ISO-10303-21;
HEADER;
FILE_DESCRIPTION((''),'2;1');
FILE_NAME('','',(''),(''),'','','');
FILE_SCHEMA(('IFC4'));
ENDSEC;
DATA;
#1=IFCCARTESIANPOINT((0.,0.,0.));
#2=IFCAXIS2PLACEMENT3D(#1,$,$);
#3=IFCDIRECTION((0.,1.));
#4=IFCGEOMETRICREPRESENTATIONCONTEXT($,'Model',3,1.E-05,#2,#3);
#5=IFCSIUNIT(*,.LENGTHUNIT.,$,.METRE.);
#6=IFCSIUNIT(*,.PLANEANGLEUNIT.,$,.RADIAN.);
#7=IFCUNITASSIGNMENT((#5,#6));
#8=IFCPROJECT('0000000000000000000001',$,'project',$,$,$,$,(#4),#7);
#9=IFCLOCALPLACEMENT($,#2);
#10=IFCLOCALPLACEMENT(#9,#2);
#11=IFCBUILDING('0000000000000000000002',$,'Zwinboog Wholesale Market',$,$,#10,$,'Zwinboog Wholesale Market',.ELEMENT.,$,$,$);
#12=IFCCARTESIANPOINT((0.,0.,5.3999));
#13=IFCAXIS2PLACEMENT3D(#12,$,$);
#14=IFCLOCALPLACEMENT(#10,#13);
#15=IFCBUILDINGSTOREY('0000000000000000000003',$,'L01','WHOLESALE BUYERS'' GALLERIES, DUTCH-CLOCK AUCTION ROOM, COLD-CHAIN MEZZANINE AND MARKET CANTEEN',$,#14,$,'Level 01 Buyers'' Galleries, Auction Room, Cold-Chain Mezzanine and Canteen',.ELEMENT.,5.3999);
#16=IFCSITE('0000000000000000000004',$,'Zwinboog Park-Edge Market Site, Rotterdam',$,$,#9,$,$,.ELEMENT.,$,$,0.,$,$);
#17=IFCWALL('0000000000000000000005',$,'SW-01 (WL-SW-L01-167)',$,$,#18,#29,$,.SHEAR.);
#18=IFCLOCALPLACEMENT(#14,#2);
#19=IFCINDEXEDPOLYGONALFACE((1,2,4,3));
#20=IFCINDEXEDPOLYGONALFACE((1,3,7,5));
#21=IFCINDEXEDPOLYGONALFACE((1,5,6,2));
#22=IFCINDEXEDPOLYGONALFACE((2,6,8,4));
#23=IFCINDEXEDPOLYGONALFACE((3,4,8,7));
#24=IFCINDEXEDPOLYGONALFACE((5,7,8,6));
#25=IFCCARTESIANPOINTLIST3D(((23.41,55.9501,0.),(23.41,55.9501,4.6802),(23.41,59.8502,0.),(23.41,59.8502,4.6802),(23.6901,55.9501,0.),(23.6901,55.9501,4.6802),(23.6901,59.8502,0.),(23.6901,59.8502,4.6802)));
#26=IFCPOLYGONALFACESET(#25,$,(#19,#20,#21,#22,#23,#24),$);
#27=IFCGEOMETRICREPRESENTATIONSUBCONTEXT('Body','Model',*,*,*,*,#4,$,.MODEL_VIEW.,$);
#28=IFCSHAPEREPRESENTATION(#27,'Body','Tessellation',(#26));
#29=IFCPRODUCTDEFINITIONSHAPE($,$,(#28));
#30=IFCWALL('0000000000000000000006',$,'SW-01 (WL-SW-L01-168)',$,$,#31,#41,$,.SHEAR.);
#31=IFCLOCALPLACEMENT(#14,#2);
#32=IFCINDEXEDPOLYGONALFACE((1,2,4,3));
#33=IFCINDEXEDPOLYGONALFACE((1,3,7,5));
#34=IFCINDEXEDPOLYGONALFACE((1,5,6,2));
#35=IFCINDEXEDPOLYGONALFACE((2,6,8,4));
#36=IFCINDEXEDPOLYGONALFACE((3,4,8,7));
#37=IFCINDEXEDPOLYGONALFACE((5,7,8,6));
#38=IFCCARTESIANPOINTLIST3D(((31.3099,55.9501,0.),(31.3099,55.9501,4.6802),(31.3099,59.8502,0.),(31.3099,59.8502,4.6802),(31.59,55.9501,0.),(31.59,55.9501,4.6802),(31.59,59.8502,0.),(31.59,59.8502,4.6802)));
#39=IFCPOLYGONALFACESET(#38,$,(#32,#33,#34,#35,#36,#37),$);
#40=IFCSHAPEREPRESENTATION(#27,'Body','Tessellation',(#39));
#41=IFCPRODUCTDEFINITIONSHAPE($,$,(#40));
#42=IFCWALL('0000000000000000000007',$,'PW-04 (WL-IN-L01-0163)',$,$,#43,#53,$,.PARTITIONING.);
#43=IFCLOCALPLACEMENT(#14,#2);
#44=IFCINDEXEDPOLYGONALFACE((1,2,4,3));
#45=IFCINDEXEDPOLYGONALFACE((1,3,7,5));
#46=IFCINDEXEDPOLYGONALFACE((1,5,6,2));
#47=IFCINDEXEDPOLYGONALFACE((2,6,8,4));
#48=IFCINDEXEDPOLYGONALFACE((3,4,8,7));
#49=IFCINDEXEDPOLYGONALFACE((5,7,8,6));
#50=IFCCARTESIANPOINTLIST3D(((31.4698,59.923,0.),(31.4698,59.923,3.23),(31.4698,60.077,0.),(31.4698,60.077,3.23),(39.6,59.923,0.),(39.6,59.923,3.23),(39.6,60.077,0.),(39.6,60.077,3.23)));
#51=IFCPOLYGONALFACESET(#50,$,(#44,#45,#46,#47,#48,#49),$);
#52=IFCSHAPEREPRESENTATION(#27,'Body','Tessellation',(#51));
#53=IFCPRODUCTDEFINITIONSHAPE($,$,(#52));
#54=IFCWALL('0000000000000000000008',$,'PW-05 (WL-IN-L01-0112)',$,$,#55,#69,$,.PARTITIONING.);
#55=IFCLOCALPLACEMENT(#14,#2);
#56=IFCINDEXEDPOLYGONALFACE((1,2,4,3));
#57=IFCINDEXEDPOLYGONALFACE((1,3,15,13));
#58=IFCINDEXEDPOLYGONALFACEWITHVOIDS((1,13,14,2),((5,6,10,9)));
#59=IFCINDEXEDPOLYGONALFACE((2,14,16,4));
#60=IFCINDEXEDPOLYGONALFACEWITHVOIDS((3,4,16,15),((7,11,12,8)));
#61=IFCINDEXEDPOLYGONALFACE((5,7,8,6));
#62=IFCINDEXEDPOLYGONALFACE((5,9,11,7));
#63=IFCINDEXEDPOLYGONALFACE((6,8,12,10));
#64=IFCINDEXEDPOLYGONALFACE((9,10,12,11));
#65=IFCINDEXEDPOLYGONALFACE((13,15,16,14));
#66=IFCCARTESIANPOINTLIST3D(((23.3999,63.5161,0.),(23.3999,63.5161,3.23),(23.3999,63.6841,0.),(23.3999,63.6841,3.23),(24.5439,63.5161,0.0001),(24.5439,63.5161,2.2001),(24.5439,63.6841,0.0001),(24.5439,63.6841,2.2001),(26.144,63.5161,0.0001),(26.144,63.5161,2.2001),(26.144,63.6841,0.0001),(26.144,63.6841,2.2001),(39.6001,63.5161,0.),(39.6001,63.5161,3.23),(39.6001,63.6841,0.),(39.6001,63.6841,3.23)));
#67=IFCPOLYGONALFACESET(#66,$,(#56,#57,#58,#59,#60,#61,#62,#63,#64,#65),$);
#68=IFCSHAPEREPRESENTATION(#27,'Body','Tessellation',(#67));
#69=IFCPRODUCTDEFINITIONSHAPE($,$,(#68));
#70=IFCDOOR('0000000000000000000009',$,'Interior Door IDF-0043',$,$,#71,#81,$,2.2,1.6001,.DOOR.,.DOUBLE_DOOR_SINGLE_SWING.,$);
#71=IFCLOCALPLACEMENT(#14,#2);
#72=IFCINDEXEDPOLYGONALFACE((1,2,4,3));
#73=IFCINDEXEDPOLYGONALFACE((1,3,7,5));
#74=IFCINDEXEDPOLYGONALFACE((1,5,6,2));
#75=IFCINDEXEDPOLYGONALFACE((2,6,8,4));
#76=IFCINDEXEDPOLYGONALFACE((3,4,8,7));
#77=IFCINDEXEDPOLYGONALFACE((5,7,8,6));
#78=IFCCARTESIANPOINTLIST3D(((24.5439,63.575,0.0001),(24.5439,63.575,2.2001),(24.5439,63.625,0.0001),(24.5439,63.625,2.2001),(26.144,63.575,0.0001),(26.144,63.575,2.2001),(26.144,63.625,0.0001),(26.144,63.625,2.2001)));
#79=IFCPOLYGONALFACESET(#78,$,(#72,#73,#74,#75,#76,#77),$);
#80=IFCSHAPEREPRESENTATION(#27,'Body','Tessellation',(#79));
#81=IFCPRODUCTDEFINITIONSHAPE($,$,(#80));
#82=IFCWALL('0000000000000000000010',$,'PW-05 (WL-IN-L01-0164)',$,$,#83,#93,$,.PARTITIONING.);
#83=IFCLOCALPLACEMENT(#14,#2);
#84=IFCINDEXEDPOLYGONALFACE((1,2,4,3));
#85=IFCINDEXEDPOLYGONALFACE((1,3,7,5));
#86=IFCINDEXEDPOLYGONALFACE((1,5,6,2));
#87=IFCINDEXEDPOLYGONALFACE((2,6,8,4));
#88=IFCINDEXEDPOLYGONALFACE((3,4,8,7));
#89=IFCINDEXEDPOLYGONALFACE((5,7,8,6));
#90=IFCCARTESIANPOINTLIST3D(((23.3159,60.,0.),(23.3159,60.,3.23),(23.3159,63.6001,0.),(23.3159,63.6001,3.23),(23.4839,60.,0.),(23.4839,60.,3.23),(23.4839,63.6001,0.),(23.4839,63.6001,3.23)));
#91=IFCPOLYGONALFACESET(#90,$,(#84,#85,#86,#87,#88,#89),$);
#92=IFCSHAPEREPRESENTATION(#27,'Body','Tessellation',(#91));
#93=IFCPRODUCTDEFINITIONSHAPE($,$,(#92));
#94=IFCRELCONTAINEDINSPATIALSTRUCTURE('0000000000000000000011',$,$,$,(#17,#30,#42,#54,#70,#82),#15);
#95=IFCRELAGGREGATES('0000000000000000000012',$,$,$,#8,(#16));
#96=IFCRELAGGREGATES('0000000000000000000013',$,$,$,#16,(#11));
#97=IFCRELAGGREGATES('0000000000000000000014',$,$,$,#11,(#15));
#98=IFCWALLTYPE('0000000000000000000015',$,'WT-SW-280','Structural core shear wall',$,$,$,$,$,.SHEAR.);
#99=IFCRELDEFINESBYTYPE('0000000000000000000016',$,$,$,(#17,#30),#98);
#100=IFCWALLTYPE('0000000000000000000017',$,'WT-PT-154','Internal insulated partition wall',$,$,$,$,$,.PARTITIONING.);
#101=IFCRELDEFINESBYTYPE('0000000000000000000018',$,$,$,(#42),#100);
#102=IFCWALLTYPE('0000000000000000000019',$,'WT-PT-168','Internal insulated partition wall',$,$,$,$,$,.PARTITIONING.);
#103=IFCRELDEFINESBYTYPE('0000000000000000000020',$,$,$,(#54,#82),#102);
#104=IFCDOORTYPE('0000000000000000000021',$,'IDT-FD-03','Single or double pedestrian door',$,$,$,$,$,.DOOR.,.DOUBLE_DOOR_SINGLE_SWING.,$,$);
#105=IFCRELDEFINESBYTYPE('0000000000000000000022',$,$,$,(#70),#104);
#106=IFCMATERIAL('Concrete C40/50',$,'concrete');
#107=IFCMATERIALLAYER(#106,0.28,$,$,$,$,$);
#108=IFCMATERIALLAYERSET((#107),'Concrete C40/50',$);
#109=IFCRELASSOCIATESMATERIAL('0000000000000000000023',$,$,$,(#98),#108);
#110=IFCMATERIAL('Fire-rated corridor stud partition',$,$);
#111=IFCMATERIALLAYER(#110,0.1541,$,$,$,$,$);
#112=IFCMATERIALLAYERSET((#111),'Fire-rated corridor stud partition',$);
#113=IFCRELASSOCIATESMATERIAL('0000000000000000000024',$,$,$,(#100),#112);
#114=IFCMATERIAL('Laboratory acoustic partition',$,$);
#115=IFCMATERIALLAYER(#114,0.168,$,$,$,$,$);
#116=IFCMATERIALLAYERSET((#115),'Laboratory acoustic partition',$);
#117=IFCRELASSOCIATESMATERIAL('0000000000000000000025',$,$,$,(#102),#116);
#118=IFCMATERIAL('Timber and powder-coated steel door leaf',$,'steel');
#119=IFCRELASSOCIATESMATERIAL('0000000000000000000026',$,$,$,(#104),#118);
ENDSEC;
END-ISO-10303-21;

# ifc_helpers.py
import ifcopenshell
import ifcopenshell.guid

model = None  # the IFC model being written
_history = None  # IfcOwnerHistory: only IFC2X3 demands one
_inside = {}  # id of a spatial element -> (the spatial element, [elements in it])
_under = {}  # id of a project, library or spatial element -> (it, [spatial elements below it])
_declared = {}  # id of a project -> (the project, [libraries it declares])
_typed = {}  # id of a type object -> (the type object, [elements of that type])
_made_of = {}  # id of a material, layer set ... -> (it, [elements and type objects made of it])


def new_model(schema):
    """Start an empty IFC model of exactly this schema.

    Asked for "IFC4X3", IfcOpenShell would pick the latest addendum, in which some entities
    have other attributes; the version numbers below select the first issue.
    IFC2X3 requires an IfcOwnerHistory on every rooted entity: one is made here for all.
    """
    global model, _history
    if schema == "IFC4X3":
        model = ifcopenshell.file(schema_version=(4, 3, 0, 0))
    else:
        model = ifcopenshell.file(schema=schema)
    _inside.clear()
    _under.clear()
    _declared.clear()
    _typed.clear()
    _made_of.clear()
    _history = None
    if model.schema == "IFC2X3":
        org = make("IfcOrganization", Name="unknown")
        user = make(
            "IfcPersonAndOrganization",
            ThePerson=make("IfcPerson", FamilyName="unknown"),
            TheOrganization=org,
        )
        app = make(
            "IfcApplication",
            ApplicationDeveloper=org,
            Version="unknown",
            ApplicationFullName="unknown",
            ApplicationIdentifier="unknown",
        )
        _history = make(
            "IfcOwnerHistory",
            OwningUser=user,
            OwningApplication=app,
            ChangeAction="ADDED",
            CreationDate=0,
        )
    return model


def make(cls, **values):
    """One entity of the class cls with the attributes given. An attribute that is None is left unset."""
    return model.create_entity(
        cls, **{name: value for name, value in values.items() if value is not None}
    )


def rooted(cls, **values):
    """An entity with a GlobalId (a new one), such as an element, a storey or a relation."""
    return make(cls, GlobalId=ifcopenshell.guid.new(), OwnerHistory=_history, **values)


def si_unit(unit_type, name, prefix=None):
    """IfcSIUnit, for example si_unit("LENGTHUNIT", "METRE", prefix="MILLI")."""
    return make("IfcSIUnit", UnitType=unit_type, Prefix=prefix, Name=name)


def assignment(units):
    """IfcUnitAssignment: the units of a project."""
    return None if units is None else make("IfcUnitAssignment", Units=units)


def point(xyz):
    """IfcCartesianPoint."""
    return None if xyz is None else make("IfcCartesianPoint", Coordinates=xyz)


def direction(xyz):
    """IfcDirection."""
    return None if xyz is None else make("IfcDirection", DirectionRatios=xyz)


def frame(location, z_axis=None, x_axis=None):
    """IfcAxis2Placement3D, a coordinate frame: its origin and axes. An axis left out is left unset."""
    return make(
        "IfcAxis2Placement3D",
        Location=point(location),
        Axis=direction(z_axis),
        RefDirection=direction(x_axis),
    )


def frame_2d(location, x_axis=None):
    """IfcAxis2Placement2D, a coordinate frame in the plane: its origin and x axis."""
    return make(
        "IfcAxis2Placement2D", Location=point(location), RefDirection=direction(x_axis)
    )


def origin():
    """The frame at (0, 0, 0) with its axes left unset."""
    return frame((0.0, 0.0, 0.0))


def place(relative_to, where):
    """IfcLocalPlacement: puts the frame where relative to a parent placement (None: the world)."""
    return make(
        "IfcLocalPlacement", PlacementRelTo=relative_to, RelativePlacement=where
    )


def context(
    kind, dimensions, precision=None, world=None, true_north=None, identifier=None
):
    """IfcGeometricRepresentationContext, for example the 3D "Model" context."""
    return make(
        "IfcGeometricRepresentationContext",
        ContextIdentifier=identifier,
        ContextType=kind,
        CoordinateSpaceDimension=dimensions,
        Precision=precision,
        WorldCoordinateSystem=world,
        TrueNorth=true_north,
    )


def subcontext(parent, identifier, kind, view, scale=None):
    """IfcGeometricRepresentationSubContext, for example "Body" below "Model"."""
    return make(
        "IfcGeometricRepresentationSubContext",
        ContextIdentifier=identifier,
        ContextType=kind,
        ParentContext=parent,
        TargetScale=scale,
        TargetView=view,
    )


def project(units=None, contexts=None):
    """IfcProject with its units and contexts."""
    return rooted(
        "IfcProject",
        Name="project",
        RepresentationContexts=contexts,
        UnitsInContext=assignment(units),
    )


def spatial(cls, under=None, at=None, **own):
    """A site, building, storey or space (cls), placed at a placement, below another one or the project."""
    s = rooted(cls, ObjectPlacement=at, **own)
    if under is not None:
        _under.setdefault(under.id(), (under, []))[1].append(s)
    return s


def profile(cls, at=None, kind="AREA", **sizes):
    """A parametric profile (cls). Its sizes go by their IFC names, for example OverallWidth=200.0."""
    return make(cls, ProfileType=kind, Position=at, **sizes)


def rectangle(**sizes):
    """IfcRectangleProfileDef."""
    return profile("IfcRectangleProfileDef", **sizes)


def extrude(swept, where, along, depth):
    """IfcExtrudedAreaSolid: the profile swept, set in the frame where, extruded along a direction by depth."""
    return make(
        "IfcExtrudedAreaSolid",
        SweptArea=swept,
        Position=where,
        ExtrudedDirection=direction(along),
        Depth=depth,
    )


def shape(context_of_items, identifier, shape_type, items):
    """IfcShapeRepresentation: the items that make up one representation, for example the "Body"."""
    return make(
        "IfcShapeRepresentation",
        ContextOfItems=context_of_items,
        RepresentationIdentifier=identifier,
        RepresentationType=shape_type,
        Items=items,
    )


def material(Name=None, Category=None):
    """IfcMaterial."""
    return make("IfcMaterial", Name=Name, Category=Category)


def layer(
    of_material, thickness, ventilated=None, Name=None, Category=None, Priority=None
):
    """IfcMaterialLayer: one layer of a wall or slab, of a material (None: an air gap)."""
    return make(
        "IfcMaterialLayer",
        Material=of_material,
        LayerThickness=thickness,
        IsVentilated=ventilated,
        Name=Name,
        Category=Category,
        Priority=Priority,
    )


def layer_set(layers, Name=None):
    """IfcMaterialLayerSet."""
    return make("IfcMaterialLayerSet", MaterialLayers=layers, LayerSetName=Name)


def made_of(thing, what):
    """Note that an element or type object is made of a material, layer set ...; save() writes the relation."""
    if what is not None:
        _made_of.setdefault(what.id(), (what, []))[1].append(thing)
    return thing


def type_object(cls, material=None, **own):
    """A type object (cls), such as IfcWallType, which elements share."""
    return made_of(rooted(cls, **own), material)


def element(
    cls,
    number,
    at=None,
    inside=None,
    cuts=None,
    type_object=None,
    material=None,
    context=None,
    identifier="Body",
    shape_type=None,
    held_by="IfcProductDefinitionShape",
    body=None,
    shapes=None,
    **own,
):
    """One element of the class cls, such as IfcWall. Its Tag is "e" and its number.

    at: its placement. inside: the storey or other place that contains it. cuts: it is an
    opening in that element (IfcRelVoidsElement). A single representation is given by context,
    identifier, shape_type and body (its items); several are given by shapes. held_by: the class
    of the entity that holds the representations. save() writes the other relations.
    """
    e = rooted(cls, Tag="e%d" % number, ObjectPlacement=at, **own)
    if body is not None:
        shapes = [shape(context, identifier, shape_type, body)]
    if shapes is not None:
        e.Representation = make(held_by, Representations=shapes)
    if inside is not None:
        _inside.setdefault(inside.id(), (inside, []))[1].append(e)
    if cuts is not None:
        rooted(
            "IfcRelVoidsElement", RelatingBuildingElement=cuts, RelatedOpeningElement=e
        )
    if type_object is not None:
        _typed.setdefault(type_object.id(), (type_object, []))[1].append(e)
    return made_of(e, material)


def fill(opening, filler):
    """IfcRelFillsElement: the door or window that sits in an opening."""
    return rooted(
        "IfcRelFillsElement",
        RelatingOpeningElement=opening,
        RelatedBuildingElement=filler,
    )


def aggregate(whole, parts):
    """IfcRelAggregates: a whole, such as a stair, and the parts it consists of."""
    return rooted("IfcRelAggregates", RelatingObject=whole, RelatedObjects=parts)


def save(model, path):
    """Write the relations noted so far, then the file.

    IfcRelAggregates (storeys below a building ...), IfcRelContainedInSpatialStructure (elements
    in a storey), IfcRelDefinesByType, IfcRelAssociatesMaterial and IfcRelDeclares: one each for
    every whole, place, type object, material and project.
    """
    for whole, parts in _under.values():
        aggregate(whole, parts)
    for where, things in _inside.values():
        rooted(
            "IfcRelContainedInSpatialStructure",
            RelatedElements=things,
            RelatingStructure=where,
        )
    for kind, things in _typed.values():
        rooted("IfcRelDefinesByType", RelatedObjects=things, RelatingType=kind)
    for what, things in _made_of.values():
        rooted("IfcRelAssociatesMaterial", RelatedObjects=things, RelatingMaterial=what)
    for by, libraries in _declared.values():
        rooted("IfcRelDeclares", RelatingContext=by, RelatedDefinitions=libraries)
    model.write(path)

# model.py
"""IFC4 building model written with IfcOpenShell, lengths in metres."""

from ifc_helpers import new_model, si_unit, direction, frame, frame_2d, origin, place, context, subcontext, project, spatial, rectangle, extrude, material, layer, layer_set, type_object, element, fill, save


model = new_model("IFC4")

# Units and contexts
model_context = context("Model", 3, precision=1e-05, world=origin(), true_north=direction((0.0, 1.0)))
body_context = subcontext(model_context, "Body", "Model", "MODEL_VIEW")
ifc_project = project(units=[si_unit("LENGTHUNIT", "METRE"), si_unit("PLANEANGLEUNIT", "RADIAN")], contexts=[model_context])

# Site, building, storey
site_placement = place(None, origin())
site = spatial("IfcSite", under=ifc_project, at=site_placement, Name="Zwinboog Park-Edge Market Site, Rotterdam", CompositionType="ELEMENT", RefElevation=0.0)
building_placement = place(site_placement, origin())
building = spatial("IfcBuilding", under=site, at=building_placement, Name="Zwinboog Wholesale Market", LongName="Zwinboog Wholesale Market", CompositionType="ELEMENT")
storey_placement = place(building_placement, frame((0.0, 0.0, 5.3999)))
storey = spatial("IfcBuildingStorey", under=building, at=storey_placement, Name="L01", Description="WHOLESALE BUYERS' GALLERIES, DUTCH-CLOCK AUCTION ROOM, COLD-CHAIN MEZZANINE AND MARKET CANTEEN", LongName="Level 01 Buyers' Galleries, Auction Room, Cold-Chain Mezzanine and Canteen", CompositionType="ELEMENT", Elevation=5.3999)

# Shared definitions
ifc_material_1 = material(Name="Concrete C40/50", Category="concrete")
ifc_layer_1 = layer(ifc_material_1, 0.28)
ifc_layer_set_1 = layer_set([ifc_layer_1], Name="Concrete C40/50")
wall_type_1 = type_object("IfcWallType", Name="WT-SW-280", Description="Structural core shear wall", PredefinedType="SHEAR", material=ifc_layer_set_1)

# Shared definitions
ifc_material_2 = material(Name="Timber and powder-coated steel door leaf", Category="steel")

# Walls
for number, where, z_axis, x_axis, name in (
    (1, (23.55, 55.95, 0.0), (0.0, 0.0, 1.0), (0.0, 1.0, 0.0), "SW-01 (WL-SW-L01-167)"),
    (2, (31.45, 55.95, 0.0), (0.0, 0.0, 1.0), (0.0, 1.0, 0.0), "SW-01 (WL-SW-L01-168)"),
):
    element("IfcWall", number, at=place(storey_placement, frame(where, z_axis=z_axis, x_axis=x_axis)), inside=storey, type_object=wall_type_1, Name=name, PredefinedType="SHEAR", context=body_context, shape_type="SweptSolid", body=[
        extrude(rectangle(XDim=3.9001, YDim=0.28, at=frame_2d((1.9502, 0.0))), origin(), (0.0, 0.0, 1.0), 4.6802),
    ])
ifc_material_3 = material(Name="Fire-rated corridor stud partition")
ifc_layer_2 = layer(ifc_material_3, 0.1541)
ifc_layer_set_2 = layer_set([ifc_layer_2], Name="Fire-rated corridor stud partition")
wall_type_2 = type_object("IfcWallType", Name="WT-PT-154", Description="Internal insulated partition wall", PredefinedType="PARTITIONING", material=ifc_layer_set_2)
wall_1_placement = place(storey_placement, frame((31.47, 60.0, 0.0), z_axis=(0.0, 0.0, 1.0), x_axis=(1.0, 0.0, 0.0)))
element("IfcWall", 3, at=wall_1_placement, inside=storey, type_object=wall_type_2, Name="PW-04 (WL-IN-L01-0163)", PredefinedType="PARTITIONING", context=body_context, shape_type="SweptSolid", body=[
    extrude(rectangle(XDim=8.1301, YDim=0.1541, at=frame_2d((4.0649, 0.0))), origin(), (0.0, 0.0, 1.0), 3.23),
])

# Wall, opening, door
ifc_material_4 = material(Name="Laboratory acoustic partition")
ifc_layer_3 = layer(ifc_material_4, 0.168)
ifc_layer_set_3 = layer_set([ifc_layer_3], Name="Laboratory acoustic partition")
wall_type_3 = type_object("IfcWallType", Name="WT-PT-168", Description="Internal insulated partition wall", PredefinedType="PARTITIONING", material=ifc_layer_set_3)
wall_2_placement = place(storey_placement, frame((23.3999, 63.6001, 0.0), z_axis=(0.0, 0.0, 1.0), x_axis=(1.0, 0.0, 0.0)))
wall_2 = element("IfcWall", 4, at=wall_2_placement, inside=storey, type_object=wall_type_3, Name="PW-05 (WL-IN-L01-0112)", PredefinedType="PARTITIONING", context=body_context, shape_type="SweptSolid", body=[
    extrude(rectangle(XDim=16.2002, YDim=0.168, at=frame_2d((8.1001, 0.0))), origin(), (0.0, 0.0, 1.0), 3.23),
])
opening_1_placement = place(wall_2_placement, frame((1.144, 0.0, 0.0)))
opening_1 = element("IfcOpeningElement", 5, at=opening_1_placement, cuts=wall_2, PredefinedType="OPENING", context=body_context, shape_type="SweptSolid", body=[
    extrude(rectangle(XDim=1.6001, YDim=2.2, at=frame_2d((0.8, 1.1001))), frame((0.0, 0.094, 0.0), z_axis=(0.0, -1.0, 0.0), x_axis=(1.0, 0.0, 0.0)), (0.0, 0.0, 1.0), 0.188),
])
door_type_1 = type_object("IfcDoorType", Name="IDT-FD-03", Description="Single or double pedestrian door", OperationType="DOUBLE_DOOR_SINGLE_SWING", PredefinedType="DOOR", material=ifc_material_2)
door_1_placement = place(opening_1_placement, origin())
door_1 = element("IfcDoor", 6, at=door_1_placement, inside=storey, type_object=door_type_1, Name="Interior Door IDF-0043", OperationType="DOUBLE_DOOR_SINGLE_SWING", OverallHeight=2.2, OverallWidth=1.6001, PredefinedType="DOOR", context=body_context, shape_type="SweptSolid", body=[
    extrude(rectangle(XDim=1.6001, YDim=2.2, at=frame_2d((0.8, 1.1001))), frame((0.0, 0.0249, 0.0), z_axis=(0.0, -1.0, 0.0), x_axis=(1.0, 0.0, 0.0)), (0.0, 0.0, 1.0), 0.05),
])
fill(opening_1, door_1)

# Wall
wall_3_placement = place(storey_placement, frame((23.3999, 60.0, 0.0), z_axis=(0.0, 0.0, 1.0), x_axis=(0.0, 1.0, 0.0)))
element("IfcWall", 7, at=wall_3_placement, inside=storey, type_object=wall_type_3, Name="PW-05 (WL-IN-L01-0164)", PredefinedType="PARTITIONING", context=body_context, shape_type="SweptSolid", body=[
    extrude(rectangle(XDim=3.6001, YDim=0.168, at=frame_2d((1.8, 0.0))), origin(), (0.0, 0.0, 1.0), 3.23),
])

save(model, "model.ifc")
